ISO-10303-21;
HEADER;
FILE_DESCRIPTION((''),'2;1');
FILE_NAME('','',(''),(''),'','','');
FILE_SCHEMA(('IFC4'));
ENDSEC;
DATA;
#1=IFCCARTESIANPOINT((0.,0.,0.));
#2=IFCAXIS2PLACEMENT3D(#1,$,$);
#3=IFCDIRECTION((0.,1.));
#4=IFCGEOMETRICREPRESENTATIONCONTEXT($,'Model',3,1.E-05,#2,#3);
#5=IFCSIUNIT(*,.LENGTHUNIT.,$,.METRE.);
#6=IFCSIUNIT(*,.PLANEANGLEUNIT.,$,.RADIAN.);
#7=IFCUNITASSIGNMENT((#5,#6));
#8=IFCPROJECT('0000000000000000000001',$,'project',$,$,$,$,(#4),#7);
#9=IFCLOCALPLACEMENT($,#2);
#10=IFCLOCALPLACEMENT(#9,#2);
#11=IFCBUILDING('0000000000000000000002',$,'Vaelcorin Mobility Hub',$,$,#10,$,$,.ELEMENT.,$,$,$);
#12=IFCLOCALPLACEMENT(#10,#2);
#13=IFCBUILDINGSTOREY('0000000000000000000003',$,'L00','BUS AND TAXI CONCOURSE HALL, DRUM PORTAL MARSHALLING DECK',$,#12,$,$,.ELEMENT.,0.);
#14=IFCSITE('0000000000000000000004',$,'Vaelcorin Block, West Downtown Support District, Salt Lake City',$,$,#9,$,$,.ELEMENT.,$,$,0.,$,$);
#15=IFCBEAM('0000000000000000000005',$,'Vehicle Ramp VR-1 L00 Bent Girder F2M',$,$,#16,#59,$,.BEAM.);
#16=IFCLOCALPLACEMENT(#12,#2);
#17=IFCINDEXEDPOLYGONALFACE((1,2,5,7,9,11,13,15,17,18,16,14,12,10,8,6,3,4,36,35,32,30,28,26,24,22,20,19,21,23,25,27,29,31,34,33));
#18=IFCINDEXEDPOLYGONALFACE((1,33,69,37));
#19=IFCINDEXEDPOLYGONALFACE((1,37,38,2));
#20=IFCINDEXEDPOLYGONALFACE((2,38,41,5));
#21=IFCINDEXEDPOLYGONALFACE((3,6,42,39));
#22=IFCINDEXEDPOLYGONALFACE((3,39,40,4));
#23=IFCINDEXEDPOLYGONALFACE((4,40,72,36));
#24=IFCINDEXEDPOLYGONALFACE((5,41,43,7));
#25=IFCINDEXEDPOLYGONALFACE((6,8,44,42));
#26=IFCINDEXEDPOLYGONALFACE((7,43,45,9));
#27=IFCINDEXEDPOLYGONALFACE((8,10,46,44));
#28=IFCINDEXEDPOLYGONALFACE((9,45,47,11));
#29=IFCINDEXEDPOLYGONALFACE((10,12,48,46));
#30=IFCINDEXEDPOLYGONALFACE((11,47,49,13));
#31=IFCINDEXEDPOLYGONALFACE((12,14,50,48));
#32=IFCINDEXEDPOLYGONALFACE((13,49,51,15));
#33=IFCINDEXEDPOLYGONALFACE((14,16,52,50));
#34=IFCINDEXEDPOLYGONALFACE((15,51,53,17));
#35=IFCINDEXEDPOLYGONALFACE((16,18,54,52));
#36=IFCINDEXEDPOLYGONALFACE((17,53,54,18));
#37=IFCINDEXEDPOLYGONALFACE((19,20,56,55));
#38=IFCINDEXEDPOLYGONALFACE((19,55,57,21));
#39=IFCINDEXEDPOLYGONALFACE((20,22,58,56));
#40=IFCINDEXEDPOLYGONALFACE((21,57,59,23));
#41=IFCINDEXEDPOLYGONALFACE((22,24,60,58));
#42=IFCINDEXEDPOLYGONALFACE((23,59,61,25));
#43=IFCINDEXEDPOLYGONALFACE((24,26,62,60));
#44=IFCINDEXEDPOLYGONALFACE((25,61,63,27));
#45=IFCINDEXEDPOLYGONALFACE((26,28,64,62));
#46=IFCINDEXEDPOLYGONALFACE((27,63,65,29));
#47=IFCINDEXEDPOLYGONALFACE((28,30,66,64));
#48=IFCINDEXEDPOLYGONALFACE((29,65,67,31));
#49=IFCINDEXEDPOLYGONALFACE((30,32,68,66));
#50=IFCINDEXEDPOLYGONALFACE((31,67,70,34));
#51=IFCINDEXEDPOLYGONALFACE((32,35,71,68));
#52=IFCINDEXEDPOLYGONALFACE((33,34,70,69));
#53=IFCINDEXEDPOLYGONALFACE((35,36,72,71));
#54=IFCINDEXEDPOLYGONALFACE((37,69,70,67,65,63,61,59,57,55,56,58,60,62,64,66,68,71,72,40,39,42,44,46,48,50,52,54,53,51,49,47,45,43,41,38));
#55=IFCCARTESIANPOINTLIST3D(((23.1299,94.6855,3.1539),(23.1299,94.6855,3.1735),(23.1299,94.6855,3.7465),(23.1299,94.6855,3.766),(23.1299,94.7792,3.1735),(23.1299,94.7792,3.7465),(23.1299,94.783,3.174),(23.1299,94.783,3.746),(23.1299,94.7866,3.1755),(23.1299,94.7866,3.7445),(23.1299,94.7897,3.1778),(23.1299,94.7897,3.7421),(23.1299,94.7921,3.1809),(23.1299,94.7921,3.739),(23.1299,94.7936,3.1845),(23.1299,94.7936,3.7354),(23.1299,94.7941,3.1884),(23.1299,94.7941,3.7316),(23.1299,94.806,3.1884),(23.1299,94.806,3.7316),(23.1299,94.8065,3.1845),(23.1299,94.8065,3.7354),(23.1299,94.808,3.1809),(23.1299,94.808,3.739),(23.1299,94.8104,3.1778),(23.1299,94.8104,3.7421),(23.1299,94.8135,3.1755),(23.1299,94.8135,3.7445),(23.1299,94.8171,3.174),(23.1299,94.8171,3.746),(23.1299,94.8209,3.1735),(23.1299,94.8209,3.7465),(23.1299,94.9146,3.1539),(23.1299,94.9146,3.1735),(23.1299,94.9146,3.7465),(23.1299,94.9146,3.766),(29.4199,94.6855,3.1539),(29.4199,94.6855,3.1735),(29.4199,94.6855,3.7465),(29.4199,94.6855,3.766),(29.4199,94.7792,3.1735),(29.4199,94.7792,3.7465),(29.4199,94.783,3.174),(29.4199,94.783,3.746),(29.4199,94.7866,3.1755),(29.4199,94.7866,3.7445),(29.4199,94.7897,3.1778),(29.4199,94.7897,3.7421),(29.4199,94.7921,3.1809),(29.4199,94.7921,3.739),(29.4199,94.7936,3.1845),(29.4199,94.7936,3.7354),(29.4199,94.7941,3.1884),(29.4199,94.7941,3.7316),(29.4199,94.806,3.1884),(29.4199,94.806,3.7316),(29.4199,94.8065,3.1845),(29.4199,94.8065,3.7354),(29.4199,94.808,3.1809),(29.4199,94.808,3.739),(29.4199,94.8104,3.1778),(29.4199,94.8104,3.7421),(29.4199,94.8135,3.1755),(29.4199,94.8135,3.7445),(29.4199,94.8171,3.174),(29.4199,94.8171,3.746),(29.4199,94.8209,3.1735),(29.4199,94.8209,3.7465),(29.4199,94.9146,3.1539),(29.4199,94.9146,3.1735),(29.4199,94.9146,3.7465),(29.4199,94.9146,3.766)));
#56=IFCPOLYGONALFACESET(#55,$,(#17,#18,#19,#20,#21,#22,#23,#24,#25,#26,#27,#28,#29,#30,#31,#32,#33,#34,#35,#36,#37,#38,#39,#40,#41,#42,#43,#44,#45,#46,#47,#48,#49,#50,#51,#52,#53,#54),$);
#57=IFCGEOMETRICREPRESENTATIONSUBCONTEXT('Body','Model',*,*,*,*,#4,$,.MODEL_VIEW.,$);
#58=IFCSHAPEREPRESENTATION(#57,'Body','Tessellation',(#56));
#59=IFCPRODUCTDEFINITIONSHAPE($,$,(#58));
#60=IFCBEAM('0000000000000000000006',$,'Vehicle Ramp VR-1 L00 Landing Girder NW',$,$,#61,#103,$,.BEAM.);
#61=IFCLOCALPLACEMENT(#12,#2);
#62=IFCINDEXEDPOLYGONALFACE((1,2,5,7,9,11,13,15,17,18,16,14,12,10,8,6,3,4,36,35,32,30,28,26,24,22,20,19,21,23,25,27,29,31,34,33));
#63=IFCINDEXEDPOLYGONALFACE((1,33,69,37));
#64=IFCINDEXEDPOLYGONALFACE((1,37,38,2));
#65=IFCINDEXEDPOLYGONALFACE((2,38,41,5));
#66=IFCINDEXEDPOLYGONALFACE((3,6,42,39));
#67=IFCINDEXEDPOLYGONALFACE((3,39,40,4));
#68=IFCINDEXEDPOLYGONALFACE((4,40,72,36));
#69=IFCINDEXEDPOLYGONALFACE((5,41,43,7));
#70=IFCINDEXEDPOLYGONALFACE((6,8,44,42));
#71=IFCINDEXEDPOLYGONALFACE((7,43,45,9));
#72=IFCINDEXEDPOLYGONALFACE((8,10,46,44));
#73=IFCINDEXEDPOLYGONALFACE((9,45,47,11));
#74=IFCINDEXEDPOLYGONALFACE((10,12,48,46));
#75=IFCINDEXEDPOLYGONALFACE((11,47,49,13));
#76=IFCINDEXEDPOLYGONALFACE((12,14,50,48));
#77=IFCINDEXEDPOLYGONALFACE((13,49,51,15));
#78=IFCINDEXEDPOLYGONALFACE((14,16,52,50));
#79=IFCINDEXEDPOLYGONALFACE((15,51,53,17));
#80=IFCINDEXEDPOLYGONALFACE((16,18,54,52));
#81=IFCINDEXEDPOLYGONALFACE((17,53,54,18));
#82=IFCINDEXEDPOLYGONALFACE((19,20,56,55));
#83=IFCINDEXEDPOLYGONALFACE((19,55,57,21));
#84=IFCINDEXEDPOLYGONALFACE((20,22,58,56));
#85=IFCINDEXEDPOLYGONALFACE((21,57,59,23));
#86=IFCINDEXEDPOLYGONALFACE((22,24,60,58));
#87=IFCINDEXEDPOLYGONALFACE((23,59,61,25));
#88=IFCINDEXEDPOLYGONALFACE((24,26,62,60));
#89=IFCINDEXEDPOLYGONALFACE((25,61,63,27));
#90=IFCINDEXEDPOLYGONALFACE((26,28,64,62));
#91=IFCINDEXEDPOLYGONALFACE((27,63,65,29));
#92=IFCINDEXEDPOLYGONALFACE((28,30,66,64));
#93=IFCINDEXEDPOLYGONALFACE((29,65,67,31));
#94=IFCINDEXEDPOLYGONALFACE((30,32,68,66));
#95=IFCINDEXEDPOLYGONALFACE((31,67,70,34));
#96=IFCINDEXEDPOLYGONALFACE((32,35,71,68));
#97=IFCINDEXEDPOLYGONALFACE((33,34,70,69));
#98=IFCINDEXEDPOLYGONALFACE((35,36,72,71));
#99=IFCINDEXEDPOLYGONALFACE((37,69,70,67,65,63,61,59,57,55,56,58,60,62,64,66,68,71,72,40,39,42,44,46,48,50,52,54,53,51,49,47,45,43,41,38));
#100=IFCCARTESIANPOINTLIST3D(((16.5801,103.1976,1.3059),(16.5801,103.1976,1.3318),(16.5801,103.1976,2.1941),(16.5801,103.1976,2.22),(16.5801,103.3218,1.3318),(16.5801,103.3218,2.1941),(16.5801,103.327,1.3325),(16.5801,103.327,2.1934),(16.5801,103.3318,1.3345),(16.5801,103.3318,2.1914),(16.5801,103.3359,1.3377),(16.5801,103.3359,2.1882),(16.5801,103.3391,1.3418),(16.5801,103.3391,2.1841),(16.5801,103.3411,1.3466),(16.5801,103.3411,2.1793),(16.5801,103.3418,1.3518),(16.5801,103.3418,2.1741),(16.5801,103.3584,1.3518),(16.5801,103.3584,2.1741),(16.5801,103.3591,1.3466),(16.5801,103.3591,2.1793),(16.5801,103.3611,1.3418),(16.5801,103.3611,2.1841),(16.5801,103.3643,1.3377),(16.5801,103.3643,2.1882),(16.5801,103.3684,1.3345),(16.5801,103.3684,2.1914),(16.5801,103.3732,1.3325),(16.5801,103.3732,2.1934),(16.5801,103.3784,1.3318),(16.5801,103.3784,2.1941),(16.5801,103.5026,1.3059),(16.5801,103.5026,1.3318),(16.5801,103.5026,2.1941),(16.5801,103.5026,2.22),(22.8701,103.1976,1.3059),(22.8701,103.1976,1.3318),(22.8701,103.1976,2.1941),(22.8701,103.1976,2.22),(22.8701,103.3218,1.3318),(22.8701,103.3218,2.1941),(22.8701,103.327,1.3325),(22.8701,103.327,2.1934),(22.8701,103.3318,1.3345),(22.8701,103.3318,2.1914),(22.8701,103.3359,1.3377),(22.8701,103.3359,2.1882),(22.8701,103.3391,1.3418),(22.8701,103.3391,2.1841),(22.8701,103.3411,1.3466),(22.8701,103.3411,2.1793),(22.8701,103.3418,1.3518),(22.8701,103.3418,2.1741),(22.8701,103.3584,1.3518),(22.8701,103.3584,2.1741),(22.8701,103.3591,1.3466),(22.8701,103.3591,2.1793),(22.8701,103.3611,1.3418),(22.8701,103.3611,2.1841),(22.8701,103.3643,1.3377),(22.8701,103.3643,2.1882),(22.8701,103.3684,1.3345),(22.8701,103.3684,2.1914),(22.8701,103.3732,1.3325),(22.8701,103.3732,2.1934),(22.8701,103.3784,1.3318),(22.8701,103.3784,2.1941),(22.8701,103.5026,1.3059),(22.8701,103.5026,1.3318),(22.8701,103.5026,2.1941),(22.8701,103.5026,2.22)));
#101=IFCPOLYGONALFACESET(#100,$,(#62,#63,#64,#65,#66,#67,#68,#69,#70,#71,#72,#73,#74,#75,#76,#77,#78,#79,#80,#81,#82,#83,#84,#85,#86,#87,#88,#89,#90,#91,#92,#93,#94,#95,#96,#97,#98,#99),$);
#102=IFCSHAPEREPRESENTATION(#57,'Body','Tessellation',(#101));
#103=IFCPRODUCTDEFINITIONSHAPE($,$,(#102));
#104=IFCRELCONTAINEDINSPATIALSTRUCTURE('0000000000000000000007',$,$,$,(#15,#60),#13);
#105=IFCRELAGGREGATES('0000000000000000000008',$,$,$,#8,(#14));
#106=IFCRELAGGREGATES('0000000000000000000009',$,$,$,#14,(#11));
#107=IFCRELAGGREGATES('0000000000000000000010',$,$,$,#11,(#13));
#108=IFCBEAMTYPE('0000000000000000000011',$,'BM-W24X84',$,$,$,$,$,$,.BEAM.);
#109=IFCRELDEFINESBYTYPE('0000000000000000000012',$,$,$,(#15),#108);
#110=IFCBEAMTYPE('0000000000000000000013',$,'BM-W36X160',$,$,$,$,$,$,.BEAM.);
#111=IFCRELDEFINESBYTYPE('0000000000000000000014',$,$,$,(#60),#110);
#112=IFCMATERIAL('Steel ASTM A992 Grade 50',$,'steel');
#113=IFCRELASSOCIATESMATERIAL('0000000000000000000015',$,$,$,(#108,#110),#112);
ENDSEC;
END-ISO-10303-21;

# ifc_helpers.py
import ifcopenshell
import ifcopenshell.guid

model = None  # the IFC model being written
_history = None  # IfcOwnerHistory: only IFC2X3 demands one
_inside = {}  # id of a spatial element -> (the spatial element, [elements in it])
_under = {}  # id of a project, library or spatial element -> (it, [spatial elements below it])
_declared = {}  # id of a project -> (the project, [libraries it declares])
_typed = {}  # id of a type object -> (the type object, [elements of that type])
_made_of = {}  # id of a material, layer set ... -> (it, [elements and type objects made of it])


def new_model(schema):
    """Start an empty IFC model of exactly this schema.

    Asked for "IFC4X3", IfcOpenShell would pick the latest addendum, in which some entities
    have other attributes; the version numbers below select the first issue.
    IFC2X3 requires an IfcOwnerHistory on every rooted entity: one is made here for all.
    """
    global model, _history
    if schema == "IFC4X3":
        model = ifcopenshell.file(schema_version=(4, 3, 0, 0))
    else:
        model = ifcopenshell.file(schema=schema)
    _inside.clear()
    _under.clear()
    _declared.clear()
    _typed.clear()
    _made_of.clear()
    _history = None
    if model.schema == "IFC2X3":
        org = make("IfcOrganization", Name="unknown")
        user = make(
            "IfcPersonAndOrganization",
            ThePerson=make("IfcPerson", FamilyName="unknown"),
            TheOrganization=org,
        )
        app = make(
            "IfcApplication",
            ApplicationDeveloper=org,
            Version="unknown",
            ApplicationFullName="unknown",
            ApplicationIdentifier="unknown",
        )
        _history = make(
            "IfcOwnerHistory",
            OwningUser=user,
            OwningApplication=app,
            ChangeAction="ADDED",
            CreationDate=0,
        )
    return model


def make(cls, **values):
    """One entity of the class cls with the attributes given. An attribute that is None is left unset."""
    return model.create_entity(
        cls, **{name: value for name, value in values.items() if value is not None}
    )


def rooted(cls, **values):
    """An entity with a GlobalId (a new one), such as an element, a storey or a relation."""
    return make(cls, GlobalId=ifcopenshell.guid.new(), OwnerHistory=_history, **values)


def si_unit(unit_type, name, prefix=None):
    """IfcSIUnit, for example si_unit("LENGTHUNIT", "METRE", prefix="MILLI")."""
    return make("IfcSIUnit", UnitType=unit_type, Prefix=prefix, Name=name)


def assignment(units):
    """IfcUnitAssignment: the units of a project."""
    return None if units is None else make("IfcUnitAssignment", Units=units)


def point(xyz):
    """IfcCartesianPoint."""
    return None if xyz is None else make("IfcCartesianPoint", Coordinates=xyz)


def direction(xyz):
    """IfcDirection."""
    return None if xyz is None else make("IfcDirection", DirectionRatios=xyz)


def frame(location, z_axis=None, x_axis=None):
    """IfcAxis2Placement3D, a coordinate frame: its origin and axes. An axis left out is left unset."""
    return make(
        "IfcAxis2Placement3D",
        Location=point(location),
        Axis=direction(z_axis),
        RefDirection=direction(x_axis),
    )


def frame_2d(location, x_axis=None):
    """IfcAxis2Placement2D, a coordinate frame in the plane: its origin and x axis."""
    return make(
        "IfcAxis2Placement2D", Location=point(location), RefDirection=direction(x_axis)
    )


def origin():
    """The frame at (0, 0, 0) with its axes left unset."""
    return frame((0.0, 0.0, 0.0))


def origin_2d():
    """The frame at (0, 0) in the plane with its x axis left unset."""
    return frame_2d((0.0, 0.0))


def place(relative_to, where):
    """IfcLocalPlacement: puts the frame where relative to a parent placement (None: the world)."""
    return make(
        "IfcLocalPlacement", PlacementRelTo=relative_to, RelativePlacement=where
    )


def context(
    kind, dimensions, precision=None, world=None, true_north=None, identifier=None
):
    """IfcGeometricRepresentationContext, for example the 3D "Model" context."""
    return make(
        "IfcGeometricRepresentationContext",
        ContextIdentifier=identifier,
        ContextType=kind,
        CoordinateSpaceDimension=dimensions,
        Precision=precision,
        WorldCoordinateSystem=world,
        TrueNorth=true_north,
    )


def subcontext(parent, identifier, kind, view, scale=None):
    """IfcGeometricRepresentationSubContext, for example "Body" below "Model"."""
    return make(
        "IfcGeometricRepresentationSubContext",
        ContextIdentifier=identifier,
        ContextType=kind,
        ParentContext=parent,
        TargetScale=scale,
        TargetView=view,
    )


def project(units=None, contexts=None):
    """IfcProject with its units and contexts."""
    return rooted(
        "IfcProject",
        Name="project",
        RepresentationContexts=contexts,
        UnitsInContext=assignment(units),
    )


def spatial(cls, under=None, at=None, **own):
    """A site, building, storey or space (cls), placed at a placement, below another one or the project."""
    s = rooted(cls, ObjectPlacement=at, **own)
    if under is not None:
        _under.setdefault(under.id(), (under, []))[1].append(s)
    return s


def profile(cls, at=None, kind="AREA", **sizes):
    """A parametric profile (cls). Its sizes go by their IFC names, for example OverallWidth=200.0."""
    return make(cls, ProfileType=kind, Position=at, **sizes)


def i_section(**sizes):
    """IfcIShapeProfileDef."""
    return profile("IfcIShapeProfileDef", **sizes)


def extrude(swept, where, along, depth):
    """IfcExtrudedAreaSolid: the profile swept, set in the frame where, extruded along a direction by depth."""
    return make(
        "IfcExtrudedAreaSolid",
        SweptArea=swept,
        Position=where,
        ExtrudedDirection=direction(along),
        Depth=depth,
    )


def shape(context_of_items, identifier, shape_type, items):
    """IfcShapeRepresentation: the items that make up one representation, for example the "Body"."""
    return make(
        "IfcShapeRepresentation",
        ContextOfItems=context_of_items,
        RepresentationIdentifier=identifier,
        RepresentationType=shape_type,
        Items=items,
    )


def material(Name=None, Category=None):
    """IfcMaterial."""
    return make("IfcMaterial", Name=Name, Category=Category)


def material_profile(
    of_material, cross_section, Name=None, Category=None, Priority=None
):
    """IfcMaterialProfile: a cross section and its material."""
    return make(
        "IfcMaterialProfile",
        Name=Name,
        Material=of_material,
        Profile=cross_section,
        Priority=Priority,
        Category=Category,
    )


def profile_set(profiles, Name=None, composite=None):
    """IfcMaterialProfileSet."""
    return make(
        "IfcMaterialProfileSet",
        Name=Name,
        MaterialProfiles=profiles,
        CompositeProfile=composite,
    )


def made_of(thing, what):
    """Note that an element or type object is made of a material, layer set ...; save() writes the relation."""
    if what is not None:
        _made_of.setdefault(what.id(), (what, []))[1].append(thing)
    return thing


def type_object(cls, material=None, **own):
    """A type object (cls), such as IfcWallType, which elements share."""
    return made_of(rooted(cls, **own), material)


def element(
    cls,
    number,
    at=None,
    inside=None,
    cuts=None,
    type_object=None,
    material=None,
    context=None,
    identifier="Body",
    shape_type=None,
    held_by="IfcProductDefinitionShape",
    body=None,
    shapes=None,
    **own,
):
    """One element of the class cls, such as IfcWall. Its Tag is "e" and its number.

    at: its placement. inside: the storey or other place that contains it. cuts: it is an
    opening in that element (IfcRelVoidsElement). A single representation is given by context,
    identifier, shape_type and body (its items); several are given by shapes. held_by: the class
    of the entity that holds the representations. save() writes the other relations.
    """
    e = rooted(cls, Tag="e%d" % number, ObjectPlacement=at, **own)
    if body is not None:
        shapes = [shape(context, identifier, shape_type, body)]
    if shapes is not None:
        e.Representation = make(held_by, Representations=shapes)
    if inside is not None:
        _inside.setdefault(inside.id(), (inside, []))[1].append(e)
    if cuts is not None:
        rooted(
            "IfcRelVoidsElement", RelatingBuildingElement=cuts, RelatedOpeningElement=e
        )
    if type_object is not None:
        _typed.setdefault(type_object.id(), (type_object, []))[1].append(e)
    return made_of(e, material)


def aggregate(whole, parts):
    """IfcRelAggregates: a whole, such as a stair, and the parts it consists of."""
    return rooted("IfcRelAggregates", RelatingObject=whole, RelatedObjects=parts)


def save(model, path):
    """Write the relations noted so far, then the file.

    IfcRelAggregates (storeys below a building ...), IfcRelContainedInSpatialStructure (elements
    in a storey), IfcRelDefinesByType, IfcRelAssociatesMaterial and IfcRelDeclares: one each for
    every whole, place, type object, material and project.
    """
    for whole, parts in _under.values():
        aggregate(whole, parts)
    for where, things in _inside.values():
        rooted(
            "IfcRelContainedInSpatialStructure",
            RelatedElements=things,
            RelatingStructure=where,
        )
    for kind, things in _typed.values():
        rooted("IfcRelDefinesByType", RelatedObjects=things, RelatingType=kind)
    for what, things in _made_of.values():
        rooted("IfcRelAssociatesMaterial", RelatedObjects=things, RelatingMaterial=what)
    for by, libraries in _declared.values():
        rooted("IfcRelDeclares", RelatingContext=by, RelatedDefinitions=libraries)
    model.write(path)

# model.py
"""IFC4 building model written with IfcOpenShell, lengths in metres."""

from ifc_helpers import new_model, si_unit, direction, frame, origin, origin_2d, place, context, subcontext, project, spatial, i_section, extrude, material, material_profile, profile_set, type_object, element, save


model = new_model("IFC4")

# Units and contexts
model_context = context("Model", 3, precision=1e-05, world=origin(), true_north=direction((0.0, 1.0)))
body_context = subcontext(model_context, "Body", "Model", "MODEL_VIEW")
ifc_project = project(units=[si_unit("LENGTHUNIT", "METRE"), si_unit("PLANEANGLEUNIT", "RADIAN")], contexts=[model_context])

# Site, building, storey
site_placement = place(None, origin())
site = spatial("IfcSite", under=ifc_project, at=site_placement, Name="Vaelcorin Block, West Downtown Support District, Salt Lake City", CompositionType="ELEMENT", RefElevation=0.0)
building_placement = place(site_placement, origin())
building = spatial("IfcBuilding", under=site, at=building_placement, Name="Vaelcorin Mobility Hub", CompositionType="ELEMENT")
storey_placement = place(building_placement, origin())
storey = spatial("IfcBuildingStorey", under=building, at=storey_placement, Name="L00", Description="BUS AND TAXI CONCOURSE HALL, DRUM PORTAL MARSHALLING DECK", CompositionType="ELEMENT", Elevation=0.0)

# Shared definitions
ifc_material_1 = material(Name="Steel ASTM A992 Grade 50", Category="steel")

# Beams
ifc_material_profile_1 = material_profile(ifc_material_1, i_section(OverallWidth=0.229, OverallDepth=0.6121, WebThickness=0.012, FlangeThickness=0.0195, FilletRadius=0.0149, at=origin_2d()), Name="W24X84")
ifc_profile_set_1 = profile_set([ifc_material_profile_1], Name="Steel ASTM A992 Grade 50")
beam_type_1 = type_object("IfcBeamType", Name="BM-W24X84", PredefinedType="BEAM", material=ifc_profile_set_1)
for number, where, z_axis, x_axis, name in (
    (1, (23.1299, 94.8, 3.46), (1.0, 0.0, 0.0), (0.0, 1.0, 0.0), "Vehicle Ramp VR-1 L00 Bent Girder F2M"),
):
    element("IfcBeam", number, at=place(storey_placement, frame(where, z_axis=z_axis, x_axis=x_axis)), inside=storey, type_object=beam_type_1, Name=name, PredefinedType="BEAM", context=body_context, shape_type="SweptSolid", body=[
        extrude(i_section(OverallWidth=0.229, OverallDepth=0.6121, WebThickness=0.012, FlangeThickness=0.0195, FilletRadius=0.0149, at=origin_2d()), origin(), (0.0, 0.0, 1.0), 6.29),
    ])
ifc_material_profile_2 = material_profile(ifc_material_1, i_section(OverallWidth=0.3049, OverallDepth=0.9141, WebThickness=0.0166, FlangeThickness=0.0259, FilletRadius=0.02, at=origin_2d()), Name="W36X160")
ifc_profile_set_2 = profile_set([ifc_material_profile_2], Name="Steel ASTM A992 Grade 50")
beam_type_2 = type_object("IfcBeamType", Name="BM-W36X160", PredefinedType="BEAM", material=ifc_profile_set_2)
beam_1_placement = place(storey_placement, frame((16.5801, 103.3501, 1.7629), z_axis=(1.0, 0.0, 0.0), x_axis=(0.0, 1.0, 0.0)))
element("IfcBeam", 2, at=beam_1_placement, inside=storey, type_object=beam_type_2, Name="Vehicle Ramp VR-1 L00 Landing Girder NW", PredefinedType="BEAM", context=body_context, shape_type="SweptSolid", body=[
    extrude(i_section(OverallWidth=0.3049, OverallDepth=0.9141, WebThickness=0.0166, FlangeThickness=0.0259, FilletRadius=0.02, at=origin_2d()), origin(), (0.0, 0.0, 1.0), 6.29),
])

save(model, "model.ifc")
